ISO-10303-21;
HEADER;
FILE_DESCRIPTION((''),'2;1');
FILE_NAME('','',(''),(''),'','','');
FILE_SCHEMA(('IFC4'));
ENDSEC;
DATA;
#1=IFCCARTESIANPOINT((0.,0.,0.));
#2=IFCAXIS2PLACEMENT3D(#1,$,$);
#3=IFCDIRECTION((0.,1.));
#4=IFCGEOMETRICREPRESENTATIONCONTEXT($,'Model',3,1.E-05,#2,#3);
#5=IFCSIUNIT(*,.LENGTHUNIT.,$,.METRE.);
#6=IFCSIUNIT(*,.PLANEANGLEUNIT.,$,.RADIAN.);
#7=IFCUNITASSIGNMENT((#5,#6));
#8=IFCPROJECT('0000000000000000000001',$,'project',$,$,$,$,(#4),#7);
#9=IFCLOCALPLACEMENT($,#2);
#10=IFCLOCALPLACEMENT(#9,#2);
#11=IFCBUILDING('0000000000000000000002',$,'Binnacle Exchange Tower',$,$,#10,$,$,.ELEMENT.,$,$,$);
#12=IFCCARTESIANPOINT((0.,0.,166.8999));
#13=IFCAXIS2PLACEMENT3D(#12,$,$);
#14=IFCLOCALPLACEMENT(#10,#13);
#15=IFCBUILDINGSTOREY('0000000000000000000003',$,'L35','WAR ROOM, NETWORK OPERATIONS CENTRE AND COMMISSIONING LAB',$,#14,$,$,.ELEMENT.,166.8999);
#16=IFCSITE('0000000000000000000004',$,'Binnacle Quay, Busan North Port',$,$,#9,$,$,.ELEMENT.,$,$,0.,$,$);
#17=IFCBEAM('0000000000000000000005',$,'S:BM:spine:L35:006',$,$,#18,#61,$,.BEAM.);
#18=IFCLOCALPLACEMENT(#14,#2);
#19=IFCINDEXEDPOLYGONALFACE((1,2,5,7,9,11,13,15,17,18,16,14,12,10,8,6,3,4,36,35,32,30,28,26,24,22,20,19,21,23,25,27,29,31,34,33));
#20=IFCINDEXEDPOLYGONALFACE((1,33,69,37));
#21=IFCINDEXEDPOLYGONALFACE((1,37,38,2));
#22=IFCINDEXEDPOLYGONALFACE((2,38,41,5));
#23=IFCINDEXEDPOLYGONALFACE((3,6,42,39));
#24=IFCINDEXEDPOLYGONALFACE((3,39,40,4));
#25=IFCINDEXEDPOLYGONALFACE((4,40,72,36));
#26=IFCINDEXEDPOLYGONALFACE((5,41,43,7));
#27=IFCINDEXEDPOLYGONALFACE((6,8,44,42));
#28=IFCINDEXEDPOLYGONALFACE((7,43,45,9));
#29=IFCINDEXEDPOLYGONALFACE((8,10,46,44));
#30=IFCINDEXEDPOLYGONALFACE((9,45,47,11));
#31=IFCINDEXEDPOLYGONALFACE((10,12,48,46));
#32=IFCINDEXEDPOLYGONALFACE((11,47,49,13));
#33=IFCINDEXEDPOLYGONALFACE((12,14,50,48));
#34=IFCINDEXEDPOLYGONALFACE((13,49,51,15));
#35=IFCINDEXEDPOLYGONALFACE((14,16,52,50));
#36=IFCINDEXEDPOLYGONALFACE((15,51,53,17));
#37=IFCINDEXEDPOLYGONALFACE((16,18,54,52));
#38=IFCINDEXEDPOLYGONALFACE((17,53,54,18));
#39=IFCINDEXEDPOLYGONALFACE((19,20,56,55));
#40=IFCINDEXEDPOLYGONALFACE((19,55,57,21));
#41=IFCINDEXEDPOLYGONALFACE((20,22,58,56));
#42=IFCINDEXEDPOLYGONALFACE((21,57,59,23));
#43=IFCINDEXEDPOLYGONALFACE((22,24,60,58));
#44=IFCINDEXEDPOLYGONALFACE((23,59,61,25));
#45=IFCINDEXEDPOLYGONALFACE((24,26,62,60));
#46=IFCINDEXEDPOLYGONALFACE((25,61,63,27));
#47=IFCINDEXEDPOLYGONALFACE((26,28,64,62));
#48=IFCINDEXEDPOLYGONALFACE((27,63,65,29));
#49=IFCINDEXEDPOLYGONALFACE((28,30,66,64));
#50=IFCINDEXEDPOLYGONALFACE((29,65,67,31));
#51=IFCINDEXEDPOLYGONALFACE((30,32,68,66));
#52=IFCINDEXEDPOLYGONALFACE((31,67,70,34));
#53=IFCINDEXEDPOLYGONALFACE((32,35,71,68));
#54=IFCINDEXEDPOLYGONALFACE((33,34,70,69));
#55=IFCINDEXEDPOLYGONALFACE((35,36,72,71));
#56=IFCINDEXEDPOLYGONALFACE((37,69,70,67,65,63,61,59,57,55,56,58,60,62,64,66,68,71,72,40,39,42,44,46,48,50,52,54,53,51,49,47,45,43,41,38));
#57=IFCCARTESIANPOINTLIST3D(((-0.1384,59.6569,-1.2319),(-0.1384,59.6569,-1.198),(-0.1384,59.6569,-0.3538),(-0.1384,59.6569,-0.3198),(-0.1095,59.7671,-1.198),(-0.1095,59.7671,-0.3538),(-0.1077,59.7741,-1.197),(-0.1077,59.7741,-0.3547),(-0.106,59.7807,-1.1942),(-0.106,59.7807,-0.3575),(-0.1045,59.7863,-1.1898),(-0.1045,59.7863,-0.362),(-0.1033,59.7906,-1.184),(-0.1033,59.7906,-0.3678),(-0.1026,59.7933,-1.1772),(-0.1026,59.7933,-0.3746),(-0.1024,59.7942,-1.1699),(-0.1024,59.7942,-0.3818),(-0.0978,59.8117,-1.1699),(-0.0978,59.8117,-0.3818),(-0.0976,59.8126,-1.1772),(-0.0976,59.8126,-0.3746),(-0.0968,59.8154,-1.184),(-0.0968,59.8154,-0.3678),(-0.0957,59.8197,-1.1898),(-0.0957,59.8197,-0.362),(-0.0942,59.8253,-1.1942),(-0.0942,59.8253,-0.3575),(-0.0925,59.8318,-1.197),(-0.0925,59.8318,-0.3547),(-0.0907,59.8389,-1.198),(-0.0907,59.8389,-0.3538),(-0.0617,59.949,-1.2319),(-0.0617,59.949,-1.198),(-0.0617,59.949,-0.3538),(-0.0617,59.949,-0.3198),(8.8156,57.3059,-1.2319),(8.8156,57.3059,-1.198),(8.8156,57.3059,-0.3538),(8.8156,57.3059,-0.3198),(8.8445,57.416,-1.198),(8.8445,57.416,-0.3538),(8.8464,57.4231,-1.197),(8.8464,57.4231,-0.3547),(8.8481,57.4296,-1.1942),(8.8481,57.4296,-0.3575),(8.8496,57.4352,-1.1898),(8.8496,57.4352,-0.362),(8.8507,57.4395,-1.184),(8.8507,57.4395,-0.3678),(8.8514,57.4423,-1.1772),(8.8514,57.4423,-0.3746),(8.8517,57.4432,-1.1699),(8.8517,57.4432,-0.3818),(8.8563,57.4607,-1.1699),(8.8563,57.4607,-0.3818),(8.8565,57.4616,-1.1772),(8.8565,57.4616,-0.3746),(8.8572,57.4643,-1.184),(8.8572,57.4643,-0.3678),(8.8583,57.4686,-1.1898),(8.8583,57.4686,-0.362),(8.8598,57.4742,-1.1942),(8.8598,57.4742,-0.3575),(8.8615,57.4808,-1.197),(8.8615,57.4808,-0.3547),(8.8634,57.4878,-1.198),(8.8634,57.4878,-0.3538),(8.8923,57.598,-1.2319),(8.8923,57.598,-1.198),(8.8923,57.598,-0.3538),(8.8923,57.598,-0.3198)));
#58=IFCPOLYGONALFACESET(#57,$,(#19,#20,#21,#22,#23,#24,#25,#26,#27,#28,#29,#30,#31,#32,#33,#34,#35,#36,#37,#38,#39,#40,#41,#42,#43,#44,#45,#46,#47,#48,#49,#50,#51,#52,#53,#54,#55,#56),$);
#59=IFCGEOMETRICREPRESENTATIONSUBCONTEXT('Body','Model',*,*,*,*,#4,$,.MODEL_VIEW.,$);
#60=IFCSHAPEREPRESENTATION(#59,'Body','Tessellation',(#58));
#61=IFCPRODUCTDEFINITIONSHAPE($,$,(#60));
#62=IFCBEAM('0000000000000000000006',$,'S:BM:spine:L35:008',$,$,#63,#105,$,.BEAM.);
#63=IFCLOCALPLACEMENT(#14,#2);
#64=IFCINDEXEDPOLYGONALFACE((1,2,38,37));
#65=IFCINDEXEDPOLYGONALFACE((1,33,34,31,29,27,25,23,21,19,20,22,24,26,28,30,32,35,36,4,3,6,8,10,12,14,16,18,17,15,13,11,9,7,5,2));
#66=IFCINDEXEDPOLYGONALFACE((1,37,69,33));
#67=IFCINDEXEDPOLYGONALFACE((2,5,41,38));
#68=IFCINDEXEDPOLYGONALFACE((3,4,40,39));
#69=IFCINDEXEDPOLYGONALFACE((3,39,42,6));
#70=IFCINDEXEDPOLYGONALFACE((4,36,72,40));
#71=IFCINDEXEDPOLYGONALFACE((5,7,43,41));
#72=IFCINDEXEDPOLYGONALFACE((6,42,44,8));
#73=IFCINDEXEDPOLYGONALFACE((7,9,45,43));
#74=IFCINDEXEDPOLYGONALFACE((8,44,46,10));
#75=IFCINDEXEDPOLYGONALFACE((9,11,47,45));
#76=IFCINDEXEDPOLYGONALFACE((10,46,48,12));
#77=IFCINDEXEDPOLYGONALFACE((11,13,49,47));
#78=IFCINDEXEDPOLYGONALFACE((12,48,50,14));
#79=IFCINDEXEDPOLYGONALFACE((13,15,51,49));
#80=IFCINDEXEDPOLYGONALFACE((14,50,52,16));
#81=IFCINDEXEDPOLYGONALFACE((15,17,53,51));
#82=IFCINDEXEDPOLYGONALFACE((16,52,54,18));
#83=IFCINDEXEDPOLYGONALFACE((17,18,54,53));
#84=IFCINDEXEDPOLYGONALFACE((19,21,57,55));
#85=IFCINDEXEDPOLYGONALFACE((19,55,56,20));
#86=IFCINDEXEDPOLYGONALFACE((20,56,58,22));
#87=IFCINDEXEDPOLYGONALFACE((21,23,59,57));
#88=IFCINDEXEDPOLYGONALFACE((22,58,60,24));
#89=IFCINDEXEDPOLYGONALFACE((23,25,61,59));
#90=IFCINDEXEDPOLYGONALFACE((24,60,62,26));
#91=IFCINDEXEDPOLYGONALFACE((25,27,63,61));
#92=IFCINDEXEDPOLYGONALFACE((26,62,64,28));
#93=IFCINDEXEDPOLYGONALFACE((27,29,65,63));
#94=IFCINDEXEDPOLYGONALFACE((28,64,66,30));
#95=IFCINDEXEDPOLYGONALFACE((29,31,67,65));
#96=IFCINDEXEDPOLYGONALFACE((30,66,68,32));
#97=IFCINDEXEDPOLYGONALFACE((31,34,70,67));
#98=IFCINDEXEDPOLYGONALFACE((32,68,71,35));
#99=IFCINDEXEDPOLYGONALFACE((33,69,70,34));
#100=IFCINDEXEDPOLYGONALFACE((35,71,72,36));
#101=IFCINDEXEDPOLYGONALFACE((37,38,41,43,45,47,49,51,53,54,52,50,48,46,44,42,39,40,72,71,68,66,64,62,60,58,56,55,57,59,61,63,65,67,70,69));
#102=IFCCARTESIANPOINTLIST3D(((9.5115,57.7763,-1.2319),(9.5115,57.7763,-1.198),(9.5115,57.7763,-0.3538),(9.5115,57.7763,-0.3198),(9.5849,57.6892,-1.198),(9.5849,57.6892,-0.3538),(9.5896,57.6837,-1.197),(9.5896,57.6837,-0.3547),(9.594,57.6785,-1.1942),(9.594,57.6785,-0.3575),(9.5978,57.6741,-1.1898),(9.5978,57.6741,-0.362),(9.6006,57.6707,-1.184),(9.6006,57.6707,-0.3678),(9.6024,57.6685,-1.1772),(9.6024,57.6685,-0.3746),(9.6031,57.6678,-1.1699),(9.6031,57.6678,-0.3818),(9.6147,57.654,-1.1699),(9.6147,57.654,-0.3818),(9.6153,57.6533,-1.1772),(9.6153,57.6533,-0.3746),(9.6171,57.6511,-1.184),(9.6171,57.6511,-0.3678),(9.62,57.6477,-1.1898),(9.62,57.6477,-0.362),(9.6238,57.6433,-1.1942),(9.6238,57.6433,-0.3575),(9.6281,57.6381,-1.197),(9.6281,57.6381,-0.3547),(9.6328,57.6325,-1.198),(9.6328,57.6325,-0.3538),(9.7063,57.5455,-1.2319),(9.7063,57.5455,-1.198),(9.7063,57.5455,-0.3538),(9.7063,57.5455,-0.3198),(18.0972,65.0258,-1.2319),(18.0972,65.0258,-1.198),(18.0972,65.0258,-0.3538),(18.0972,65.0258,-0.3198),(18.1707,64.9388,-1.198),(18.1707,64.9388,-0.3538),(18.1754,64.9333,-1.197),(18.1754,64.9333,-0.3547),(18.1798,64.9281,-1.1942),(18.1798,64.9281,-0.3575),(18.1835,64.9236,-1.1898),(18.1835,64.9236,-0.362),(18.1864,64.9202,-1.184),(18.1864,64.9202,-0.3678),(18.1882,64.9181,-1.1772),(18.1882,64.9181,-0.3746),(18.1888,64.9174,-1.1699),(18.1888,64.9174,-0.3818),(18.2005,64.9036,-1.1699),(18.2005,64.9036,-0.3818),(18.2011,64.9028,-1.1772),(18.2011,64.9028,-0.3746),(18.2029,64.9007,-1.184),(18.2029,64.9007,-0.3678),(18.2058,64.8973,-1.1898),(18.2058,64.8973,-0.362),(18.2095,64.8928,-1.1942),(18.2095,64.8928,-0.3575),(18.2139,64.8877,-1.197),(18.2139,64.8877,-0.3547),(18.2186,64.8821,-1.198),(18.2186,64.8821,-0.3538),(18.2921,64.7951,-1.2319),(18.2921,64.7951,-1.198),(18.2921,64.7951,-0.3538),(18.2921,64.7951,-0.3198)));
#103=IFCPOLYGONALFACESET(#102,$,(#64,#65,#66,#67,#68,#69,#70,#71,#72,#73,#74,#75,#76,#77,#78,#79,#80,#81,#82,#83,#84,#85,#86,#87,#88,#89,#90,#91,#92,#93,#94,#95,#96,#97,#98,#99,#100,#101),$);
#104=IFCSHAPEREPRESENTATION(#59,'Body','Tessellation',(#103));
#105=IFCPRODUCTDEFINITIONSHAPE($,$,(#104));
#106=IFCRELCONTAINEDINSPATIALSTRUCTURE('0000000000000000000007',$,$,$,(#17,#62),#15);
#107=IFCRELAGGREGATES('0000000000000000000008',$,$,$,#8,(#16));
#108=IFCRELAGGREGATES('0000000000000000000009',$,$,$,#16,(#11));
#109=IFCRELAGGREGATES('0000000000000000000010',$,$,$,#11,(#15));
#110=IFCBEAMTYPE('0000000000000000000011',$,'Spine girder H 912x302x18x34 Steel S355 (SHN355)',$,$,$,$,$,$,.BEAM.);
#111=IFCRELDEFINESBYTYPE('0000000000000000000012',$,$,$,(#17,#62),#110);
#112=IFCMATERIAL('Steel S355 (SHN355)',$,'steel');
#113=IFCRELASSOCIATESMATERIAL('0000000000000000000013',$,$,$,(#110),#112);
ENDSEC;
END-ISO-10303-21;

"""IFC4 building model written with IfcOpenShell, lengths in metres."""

from ifc_helpers import new_model, si_unit, direction, frame, origin, origin_2d, place, context, subcontext, project, spatial, i_section, extrude, material, material_profile, profile_set, type_object, element, save


model = new_model("IFC4")

# Units and contexts
model_context = context("Model", 3, precision=1e-05, world=origin(), true_north=direction((0.0, 1.0)))
body_context = subcontext(model_context, "Body", "Model", "MODEL_VIEW")
ifc_project = project(units=[si_unit("LENGTHUNIT", "METRE"), si_unit("PLANEANGLEUNIT", "RADIAN")], contexts=[model_context])

# Site, building, storey
site_placement = place(None, origin())
site = spatial("IfcSite", under=ifc_project, at=site_placement, Name="Binnacle Quay, Busan North Port", CompositionType="ELEMENT", RefElevation=0.0)
building_placement = place(site_placement, origin())
building = spatial("IfcBuilding", under=site, at=building_placement, Name="Binnacle Exchange Tower", CompositionType="ELEMENT")
storey_placement = place(building_placement, frame((0.0, 0.0, 166.8999)))
storey = spatial("IfcBuildingStorey", under=building, at=storey_placement, Name="L35", Description="WAR ROOM, NETWORK OPERATIONS CENTRE AND COMMISSIONING LAB", CompositionType="ELEMENT", Elevation=166.8999)

# Beams
ifc_material_1 = material(Name="Steel S355 (SHN355)", Category="steel")
ifc_material_profile_1 = material_profile(ifc_material_1, i_section(OverallWidth=0.302, OverallDepth=0.9121, WebThickness=0.0181, FlangeThickness=0.0339, FilletRadius=0.0281, at=origin_2d()), Name="H 912x302x18x34")
ifc_profile_set_1 = profile_set([ifc_material_profile_1], Name="Steel S355 (SHN355)")
beam_type_1 = type_object("IfcBeamType", Name="Spine girder H 912x302x18x34 Steel S355 (SHN355)", PredefinedType="BEAM", material=ifc_profile_set_1)
beam_1_placement = place(storey_placement, frame((-0.1001, 59.803, -0.7759), z_axis=(0.967214, -0.253961, 0.0), x_axis=(0.253961, 0.967214, 0.0)))
element("IfcBeam", 1, at=beam_1_placement, inside=storey, type_object=beam_type_1, Name="S:BM:spine:L35:006", PredefinedType="BEAM", context=body_context, shape_type="SweptSolid", body=[
    extrude(i_section(OverallWidth=0.302, OverallDepth=0.9121, WebThickness=0.0181, FlangeThickness=0.0339, FilletRadius=0.0281, at=origin_2d()), origin(), (0.0, 0.0, 1.0), 9.2576),
])
beam_2_placement = place(storey_placement, frame((9.6089, 57.6609, -0.7759), z_axis=(0.764058, 0.645148, 0.0), x_axis=(-0.645148, 0.764058, 0.0)))
element("IfcBeam", 2, at=beam_2_placement, inside=storey, type_object=beam_type_1, Name="S:BM:spine:L35:008", PredefinedType="BEAM", context=body_context, shape_type="SweptSolid", body=[
    extrude(i_section(OverallWidth=0.302, OverallDepth=0.9121, WebThickness=0.0181, FlangeThickness=0.0339, FilletRadius=0.0281, at=origin_2d()), origin(), (0.0, 0.0, 1.0), 11.2371),
])

save(model, "model.ifc")
